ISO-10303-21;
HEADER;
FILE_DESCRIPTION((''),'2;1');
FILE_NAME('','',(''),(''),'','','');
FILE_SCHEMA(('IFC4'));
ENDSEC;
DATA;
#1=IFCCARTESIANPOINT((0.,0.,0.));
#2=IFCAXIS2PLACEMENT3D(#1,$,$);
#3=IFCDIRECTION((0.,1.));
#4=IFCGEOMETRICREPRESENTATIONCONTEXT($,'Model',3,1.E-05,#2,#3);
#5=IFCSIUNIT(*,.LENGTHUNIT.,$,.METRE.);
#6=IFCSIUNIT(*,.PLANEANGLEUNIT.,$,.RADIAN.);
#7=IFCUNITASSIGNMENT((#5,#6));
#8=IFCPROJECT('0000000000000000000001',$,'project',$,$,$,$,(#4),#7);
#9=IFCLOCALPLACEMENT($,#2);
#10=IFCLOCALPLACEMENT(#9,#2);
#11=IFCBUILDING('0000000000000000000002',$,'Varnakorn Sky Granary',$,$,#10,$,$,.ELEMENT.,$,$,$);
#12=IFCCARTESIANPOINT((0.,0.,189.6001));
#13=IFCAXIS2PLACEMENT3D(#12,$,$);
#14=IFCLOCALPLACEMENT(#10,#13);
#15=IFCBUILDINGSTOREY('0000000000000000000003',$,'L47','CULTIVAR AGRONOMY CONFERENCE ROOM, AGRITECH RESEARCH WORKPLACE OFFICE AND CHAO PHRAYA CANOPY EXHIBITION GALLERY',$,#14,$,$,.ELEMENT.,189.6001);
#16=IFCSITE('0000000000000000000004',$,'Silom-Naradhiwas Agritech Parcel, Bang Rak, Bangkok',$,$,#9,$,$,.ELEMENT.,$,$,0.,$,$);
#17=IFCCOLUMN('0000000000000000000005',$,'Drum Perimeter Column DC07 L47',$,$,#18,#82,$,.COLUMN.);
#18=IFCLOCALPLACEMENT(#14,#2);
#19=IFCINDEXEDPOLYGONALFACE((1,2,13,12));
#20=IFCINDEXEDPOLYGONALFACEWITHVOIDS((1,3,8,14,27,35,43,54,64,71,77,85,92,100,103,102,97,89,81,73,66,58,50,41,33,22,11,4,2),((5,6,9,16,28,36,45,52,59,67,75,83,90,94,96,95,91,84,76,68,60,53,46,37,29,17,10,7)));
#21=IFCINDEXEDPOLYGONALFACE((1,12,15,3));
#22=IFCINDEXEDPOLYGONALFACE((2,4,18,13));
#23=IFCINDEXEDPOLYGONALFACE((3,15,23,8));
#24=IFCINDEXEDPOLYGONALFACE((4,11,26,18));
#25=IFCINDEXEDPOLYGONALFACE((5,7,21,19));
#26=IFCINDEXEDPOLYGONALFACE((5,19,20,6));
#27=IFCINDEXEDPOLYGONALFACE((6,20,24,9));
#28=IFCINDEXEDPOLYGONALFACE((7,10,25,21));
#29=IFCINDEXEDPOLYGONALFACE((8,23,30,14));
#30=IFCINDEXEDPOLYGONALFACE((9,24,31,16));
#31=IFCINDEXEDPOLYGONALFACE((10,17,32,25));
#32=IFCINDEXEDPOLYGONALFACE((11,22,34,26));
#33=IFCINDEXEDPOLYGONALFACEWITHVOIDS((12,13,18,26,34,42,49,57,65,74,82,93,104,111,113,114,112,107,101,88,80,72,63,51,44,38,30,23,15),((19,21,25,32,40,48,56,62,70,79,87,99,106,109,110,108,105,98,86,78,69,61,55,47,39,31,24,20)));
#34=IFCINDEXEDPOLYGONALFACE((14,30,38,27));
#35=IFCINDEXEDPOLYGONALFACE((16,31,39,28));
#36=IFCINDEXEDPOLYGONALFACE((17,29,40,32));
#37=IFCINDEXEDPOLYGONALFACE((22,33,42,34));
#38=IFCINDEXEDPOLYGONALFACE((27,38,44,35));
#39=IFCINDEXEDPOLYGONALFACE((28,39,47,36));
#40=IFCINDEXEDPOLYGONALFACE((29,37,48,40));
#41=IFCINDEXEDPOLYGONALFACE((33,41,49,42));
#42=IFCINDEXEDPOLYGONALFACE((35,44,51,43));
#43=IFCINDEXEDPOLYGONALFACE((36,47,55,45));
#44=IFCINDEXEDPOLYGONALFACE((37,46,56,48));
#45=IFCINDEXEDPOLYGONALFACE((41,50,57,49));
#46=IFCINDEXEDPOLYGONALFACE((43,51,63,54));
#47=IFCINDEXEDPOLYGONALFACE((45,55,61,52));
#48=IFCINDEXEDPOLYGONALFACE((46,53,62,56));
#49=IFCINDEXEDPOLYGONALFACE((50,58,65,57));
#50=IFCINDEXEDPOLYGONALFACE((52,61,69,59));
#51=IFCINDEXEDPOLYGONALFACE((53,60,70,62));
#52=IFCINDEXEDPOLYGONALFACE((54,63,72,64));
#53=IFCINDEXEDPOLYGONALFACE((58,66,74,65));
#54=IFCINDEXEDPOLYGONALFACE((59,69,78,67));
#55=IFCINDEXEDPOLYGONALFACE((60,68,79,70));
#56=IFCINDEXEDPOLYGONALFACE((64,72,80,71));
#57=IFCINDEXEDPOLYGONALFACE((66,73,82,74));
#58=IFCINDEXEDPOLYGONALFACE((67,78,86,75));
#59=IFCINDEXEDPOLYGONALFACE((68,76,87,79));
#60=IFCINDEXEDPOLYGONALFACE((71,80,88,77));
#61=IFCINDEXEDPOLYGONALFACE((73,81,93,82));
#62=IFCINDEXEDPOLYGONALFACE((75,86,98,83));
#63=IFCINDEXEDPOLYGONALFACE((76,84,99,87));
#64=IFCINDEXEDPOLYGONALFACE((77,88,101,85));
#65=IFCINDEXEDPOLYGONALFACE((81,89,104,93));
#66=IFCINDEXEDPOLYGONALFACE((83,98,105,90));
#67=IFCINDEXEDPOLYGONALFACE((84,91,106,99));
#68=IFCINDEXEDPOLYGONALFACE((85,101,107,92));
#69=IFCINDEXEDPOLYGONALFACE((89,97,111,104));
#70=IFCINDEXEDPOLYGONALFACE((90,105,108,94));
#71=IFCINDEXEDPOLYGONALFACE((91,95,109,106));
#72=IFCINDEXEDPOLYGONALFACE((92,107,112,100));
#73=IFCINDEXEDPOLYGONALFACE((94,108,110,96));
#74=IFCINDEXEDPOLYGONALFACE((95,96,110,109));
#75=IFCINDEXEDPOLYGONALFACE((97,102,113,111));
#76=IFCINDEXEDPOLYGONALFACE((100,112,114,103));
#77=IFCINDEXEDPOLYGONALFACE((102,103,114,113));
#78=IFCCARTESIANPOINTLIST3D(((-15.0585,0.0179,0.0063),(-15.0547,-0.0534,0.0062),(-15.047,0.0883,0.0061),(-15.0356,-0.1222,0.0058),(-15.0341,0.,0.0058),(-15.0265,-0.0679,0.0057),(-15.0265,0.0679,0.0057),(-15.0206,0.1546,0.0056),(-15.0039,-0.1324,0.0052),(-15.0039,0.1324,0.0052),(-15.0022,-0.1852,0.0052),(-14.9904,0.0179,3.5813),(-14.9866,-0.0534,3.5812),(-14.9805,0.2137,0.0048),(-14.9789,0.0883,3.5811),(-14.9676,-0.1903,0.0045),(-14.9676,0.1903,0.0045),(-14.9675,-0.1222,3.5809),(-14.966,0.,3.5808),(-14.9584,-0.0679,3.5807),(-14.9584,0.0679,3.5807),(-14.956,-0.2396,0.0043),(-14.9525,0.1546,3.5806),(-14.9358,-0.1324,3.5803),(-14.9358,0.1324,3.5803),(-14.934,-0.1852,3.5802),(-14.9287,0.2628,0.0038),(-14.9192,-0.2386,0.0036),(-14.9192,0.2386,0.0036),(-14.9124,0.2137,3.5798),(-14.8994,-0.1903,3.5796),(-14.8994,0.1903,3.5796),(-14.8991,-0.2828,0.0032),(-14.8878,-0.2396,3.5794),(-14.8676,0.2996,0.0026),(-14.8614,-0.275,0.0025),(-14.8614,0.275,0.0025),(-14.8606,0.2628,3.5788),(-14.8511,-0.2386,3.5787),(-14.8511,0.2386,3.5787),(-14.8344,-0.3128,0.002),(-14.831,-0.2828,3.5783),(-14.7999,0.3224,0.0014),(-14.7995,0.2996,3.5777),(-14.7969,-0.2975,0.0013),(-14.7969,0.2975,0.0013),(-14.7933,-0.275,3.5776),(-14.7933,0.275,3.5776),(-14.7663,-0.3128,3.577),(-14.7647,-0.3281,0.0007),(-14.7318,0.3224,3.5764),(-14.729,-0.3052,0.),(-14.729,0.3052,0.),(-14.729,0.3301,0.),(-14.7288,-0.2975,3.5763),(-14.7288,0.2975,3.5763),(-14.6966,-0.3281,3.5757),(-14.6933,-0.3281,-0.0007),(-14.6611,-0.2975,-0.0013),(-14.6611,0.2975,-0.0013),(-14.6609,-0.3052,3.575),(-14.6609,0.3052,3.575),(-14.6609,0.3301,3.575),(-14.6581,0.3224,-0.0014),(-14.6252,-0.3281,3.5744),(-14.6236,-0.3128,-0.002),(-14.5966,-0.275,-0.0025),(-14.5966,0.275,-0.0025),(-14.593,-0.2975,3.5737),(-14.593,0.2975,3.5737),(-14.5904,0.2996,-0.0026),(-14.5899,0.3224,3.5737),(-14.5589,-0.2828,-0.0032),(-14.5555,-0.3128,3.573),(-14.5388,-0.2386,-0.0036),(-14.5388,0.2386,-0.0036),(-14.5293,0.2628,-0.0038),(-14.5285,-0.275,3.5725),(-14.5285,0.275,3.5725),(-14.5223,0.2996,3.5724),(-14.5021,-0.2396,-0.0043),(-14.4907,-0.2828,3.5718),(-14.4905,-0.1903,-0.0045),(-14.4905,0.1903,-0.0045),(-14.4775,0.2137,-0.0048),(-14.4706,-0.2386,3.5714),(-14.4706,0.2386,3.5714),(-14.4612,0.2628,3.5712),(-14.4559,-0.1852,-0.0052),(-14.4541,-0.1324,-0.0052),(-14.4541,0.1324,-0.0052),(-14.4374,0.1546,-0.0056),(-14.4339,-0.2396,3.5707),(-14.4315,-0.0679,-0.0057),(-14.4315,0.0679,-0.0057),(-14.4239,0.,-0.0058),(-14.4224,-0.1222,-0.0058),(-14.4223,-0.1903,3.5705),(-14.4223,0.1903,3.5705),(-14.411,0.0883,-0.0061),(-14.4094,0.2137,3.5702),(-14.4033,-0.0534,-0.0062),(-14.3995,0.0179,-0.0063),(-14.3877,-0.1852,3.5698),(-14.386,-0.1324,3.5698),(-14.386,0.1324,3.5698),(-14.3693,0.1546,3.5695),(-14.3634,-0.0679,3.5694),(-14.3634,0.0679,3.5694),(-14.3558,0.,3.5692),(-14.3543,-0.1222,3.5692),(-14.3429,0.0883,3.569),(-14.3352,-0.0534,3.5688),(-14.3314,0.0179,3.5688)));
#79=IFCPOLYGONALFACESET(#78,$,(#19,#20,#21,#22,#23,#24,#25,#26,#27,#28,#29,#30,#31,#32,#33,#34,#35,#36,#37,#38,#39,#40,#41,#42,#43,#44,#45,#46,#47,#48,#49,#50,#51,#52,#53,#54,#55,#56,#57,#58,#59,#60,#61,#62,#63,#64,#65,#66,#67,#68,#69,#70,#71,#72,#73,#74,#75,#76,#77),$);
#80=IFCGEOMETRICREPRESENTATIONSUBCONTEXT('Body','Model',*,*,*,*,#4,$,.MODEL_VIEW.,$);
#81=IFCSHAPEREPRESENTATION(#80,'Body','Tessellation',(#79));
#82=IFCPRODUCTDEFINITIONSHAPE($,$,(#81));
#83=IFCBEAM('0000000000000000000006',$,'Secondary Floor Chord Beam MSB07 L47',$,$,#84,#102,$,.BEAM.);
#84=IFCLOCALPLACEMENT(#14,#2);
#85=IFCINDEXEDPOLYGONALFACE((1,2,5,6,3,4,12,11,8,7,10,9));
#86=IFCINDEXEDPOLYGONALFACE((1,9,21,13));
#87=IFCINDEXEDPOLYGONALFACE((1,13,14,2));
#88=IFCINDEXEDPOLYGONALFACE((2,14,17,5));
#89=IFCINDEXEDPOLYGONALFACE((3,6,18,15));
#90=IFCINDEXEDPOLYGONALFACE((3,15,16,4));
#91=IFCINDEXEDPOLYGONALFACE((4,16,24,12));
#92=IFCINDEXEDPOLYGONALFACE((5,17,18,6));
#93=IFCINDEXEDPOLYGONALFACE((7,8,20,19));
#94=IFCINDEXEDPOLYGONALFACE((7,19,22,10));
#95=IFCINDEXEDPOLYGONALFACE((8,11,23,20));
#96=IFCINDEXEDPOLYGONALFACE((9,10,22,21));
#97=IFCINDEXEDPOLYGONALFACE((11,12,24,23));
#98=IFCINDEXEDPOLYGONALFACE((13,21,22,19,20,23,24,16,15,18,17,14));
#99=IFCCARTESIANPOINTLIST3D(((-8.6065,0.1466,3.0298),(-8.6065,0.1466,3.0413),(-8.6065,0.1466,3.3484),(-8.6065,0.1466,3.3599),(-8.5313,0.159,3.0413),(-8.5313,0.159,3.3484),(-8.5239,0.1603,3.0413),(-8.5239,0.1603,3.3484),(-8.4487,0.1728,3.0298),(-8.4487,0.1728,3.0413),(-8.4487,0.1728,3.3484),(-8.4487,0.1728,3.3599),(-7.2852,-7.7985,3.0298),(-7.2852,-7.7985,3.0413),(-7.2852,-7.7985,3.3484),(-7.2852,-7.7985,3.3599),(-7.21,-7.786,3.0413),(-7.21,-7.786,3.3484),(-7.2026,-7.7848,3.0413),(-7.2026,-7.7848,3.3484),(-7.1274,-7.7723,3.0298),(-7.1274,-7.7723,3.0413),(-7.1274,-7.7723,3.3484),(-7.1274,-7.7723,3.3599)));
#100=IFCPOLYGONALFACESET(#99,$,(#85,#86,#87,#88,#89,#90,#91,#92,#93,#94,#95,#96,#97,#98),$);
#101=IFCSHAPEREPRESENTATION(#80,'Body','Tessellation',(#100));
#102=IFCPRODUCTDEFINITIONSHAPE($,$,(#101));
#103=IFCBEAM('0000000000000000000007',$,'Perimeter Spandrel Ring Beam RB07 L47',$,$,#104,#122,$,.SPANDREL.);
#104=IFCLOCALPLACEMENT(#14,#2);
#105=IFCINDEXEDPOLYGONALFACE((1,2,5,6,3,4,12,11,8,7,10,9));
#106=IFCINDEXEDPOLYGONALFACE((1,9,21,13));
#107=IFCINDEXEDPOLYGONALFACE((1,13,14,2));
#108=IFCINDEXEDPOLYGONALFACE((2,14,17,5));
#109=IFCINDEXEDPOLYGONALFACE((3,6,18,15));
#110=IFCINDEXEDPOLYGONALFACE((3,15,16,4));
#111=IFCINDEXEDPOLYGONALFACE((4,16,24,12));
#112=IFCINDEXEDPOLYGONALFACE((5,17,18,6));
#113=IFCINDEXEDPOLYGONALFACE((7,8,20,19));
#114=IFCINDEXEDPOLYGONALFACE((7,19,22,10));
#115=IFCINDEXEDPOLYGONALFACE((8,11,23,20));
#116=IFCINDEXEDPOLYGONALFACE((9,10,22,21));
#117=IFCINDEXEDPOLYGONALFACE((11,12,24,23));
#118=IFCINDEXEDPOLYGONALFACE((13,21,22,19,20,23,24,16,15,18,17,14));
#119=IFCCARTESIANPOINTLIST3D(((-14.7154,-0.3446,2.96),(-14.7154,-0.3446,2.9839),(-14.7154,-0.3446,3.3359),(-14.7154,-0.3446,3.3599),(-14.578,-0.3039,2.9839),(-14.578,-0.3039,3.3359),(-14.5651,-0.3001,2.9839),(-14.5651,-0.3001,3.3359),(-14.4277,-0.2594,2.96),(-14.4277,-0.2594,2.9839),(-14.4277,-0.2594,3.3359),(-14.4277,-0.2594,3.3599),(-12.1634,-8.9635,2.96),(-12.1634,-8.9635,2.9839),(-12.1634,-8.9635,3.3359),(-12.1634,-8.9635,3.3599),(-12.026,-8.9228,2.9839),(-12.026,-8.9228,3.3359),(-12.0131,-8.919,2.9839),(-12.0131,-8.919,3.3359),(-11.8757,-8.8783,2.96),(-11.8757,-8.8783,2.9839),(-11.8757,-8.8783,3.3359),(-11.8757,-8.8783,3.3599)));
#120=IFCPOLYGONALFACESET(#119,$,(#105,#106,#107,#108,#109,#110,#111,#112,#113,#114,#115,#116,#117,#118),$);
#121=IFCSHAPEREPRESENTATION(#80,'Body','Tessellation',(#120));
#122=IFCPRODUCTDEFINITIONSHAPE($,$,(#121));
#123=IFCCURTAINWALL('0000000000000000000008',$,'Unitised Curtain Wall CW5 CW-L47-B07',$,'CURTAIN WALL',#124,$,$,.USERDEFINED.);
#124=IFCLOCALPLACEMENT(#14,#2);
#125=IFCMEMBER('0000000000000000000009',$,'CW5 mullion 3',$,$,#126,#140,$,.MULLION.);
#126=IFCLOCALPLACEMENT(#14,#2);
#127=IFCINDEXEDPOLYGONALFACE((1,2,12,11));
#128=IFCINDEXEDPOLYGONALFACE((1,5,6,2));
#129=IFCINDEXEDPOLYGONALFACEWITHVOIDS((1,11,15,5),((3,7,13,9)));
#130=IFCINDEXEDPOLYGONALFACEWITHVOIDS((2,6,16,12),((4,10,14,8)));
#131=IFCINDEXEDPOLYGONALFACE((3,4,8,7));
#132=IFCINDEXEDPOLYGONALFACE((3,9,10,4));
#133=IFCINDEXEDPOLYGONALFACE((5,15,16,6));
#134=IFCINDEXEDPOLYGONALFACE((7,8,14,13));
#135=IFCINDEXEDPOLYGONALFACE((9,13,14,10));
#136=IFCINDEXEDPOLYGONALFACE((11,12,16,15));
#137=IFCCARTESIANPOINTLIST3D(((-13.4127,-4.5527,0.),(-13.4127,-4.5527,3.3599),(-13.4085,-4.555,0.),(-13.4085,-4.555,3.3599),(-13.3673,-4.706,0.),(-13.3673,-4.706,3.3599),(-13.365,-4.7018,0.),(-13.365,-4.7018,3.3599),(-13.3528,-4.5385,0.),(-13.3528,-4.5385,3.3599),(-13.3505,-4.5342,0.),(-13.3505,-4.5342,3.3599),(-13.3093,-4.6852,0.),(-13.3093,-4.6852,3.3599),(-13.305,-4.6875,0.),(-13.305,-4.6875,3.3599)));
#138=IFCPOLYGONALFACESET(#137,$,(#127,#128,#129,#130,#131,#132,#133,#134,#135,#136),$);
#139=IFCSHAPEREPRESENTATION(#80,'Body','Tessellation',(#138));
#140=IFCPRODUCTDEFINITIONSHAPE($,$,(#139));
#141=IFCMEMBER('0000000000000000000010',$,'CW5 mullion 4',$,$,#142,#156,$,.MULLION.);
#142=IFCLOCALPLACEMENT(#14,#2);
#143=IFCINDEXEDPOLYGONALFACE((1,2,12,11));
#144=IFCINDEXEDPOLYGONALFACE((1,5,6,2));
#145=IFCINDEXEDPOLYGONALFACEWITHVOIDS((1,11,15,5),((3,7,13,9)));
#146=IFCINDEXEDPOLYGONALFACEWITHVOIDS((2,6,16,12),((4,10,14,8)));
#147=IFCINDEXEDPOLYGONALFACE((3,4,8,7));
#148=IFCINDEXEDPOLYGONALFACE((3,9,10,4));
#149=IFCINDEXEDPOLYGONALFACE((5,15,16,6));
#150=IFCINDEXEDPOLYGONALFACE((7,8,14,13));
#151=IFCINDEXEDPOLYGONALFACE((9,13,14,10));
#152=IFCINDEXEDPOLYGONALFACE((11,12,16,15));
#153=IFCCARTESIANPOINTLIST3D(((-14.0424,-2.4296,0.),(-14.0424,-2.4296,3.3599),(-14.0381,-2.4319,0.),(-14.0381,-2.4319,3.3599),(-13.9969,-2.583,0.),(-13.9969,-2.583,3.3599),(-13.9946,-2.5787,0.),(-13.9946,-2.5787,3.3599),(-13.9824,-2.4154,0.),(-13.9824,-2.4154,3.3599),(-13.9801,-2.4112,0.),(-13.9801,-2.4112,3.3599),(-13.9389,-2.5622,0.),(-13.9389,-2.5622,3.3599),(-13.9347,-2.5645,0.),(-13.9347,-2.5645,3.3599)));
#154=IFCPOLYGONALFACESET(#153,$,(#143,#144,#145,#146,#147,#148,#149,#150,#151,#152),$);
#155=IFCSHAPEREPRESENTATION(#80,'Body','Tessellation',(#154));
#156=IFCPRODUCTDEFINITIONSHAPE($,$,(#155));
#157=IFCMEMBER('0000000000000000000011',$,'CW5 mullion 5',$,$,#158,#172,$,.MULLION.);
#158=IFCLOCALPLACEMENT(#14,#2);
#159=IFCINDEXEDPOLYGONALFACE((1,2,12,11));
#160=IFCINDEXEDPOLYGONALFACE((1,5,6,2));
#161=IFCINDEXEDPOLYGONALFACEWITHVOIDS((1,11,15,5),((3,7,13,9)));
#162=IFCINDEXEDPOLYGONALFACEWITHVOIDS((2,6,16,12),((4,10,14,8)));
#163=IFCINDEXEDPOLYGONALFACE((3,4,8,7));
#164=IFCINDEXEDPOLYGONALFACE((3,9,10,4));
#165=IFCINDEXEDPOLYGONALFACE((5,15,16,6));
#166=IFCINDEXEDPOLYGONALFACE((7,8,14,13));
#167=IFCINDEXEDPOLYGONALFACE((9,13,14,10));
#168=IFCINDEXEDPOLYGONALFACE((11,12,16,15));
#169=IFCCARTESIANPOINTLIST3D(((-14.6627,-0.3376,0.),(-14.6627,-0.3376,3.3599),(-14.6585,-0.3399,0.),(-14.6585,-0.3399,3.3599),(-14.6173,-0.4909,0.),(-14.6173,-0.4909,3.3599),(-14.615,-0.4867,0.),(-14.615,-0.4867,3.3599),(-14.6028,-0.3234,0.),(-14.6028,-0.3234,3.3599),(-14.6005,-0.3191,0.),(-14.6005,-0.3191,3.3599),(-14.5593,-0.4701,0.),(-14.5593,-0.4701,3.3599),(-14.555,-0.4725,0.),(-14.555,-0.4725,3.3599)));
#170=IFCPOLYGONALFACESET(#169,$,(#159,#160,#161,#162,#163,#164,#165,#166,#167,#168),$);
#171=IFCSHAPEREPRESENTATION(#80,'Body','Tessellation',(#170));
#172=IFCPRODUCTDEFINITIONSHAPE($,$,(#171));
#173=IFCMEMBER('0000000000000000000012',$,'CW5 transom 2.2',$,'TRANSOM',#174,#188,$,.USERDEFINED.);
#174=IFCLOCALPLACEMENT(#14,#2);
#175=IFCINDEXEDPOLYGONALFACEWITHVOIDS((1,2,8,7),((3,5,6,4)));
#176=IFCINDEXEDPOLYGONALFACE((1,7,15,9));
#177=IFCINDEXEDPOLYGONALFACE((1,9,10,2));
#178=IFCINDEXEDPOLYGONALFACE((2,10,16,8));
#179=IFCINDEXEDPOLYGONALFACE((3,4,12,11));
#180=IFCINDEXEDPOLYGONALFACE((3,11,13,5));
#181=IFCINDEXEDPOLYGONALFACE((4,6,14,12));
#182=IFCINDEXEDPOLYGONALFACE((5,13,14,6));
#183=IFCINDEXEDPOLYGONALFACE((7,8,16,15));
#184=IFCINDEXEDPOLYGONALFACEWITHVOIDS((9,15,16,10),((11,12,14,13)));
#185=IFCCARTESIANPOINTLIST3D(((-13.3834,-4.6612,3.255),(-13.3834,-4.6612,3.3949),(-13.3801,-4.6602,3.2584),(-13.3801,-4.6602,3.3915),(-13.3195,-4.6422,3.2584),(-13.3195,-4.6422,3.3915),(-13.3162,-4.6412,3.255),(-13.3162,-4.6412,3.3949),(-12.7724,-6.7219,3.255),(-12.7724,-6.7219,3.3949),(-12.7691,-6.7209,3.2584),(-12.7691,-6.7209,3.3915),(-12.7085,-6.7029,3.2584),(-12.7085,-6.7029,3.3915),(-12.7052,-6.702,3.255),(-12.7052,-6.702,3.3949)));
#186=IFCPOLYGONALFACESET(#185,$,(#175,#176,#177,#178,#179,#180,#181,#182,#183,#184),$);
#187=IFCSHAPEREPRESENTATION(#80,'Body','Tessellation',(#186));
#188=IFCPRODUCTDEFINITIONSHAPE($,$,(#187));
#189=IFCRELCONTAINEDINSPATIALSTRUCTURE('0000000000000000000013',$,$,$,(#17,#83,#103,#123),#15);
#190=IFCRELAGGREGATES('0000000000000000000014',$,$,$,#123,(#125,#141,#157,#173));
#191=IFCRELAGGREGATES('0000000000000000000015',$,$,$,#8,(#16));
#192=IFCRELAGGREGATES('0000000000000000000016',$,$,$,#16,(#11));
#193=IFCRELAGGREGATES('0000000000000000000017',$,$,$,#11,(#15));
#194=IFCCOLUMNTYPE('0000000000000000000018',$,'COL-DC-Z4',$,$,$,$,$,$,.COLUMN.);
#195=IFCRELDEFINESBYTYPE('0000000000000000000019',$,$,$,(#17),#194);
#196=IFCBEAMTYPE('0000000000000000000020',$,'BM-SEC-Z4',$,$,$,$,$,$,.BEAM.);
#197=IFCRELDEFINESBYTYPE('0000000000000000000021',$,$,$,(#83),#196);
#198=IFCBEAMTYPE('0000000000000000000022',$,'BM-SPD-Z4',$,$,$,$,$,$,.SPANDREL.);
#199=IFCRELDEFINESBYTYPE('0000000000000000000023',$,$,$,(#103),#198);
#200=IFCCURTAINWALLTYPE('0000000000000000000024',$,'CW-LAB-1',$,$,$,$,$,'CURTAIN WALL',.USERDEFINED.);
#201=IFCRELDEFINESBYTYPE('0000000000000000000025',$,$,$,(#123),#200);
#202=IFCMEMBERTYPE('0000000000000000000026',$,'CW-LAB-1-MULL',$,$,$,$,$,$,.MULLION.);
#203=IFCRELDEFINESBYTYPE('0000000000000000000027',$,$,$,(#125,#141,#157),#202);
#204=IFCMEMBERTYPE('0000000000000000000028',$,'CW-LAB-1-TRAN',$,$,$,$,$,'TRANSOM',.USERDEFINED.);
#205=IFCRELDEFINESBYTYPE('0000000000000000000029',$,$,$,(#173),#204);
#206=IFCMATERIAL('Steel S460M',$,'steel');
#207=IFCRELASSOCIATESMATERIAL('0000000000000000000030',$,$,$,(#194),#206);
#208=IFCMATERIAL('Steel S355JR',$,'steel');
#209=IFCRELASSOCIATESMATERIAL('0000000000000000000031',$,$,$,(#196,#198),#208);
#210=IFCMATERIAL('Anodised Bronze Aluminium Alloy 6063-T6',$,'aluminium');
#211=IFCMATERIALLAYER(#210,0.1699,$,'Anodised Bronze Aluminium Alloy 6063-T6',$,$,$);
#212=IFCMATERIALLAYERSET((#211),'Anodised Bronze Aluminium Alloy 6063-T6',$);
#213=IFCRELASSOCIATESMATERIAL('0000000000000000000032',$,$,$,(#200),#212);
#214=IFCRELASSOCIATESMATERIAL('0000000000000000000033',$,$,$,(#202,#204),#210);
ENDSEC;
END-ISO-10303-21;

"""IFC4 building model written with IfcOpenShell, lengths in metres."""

from ifc_helpers import new_model, si_unit, direction, frame, origin, origin_2d, place, context, subcontext, project, spatial, hollow_rectangle, hollow_circle, i_section, extrude, material, layer, layer_set, material_profile, profile_set, type_object, element, aggregate, save


model = new_model("IFC4")

# Units and contexts
model_context = context("Model", 3, precision=1e-05, world=origin(), true_north=direction((0.0, 1.0)))
body_context = subcontext(model_context, "Body", "Model", "MODEL_VIEW")
ifc_project = project(units=[si_unit("LENGTHUNIT", "METRE"), si_unit("PLANEANGLEUNIT", "RADIAN")], contexts=[model_context])

# Site, building, storey
site_placement = place(None, origin())
site = spatial("IfcSite", under=ifc_project, at=site_placement, Name="Silom-Naradhiwas Agritech Parcel, Bang Rak, Bangkok", CompositionType="ELEMENT", RefElevation=0.0)
building_placement = place(site_placement, origin())
building = spatial("IfcBuilding", under=site, at=building_placement, Name="Varnakorn Sky Granary", CompositionType="ELEMENT")
storey_placement = place(building_placement, frame((0.0, 0.0, 189.6001)))
storey = spatial("IfcBuildingStorey", under=building, at=storey_placement, Name="L47", Description="CULTIVAR AGRONOMY CONFERENCE ROOM, AGRITECH RESEARCH WORKPLACE OFFICE AND CHAO PHRAYA CANOPY EXHIBITION GALLERY", CompositionType="ELEMENT", Elevation=189.6001)

# Column
ifc_material_1 = material(Name="Steel S460M", Category="steel")
ifc_material_profile_1 = material_profile(ifc_material_1, hollow_circle(Radius=0.3301, WallThickness=0.0249, at=origin_2d()), Name="CHS 660x25")
ifc_profile_set_1 = profile_set([ifc_material_profile_1], Name="Steel S460M")
column_type = type_object("IfcColumnType", Name="COL-DC-Z4", PredefinedType="COLUMN", material=ifc_profile_set_1)
column_placement = place(storey_placement, frame((-14.729, 0.0, 0.0), z_axis=(0.01905, 0.0, 0.999819), x_axis=(0.0, 1.0, 0.0)))
element("IfcColumn", 1, at=column_placement, inside=storey, type_object=column_type, Name="Drum Perimeter Column DC07 L47", PredefinedType="COLUMN", context=body_context, shape_type="SweptSolid", body=[
    extrude(hollow_circle(Radius=0.3301, WallThickness=0.0249, at=origin_2d()), origin(), (0.0, 0.0, 1.0), 3.5757),
])

# Beams
ifc_material_2 = material(Name="Steel S355JR", Category="steel")
ifc_material_profile_2 = material_profile(ifc_material_2, i_section(OverallWidth=0.1599, OverallDepth=0.3301, WebThickness=0.0076, FlangeThickness=0.0115, at=origin_2d()), Name="IPE 330")
ifc_profile_set_2 = profile_set([ifc_material_profile_2], Name="Steel S355JR")
beam_type_1 = type_object("IfcBeamType", Name="BM-SEC-Z4", PredefinedType="BEAM", material=ifc_profile_set_2)
beam_1_placement = place(storey_placement, frame((-8.5276, 0.1597, 3.1948), z_axis=(0.16405, -0.986452, 0.0), x_axis=(0.986452, 0.16405, 0.0)))
element("IfcBeam", 2, at=beam_1_placement, inside=storey, type_object=beam_type_1, Name="Secondary Floor Chord Beam MSB07 L47", PredefinedType="BEAM", context=body_context, shape_type="SweptSolid", body=[
    extrude(i_section(OverallWidth=0.1599, OverallDepth=0.3301, WebThickness=0.0076, FlangeThickness=0.0115, at=origin_2d()), origin(), (0.0, 0.0, 1.0), 8.0542),
])
ifc_material_profile_3 = material_profile(ifc_material_2, i_section(OverallWidth=0.3, OverallDepth=0.3999, WebThickness=0.0134, FlangeThickness=0.0239, at=origin_2d()), Name="HE 400 B")
ifc_profile_set_3 = profile_set([ifc_material_profile_3], Name="Steel S355JR")
beam_type_2 = type_object("IfcBeamType", Name="BM-SPD-Z4", PredefinedType="SPANDREL", material=ifc_profile_set_3)
beam_2_placement = place(storey_placement, frame((-14.5715, -0.302, 3.1599), z_axis=(0.28391, -0.958851, 0.0), x_axis=(0.958851, 0.28391, 0.0)))
element("IfcBeam", 3, at=beam_2_placement, inside=storey, type_object=beam_type_2, Name="Perimeter Spandrel Ring Beam RB07 L47", PredefinedType="SPANDREL", context=body_context, shape_type="SweptSolid", body=[
    extrude(i_section(OverallWidth=0.3, OverallDepth=0.3999, WebThickness=0.0134, FlangeThickness=0.0239, at=origin_2d()), origin(), (0.0, 0.0, 1.0), 8.9888),
])

# Curtain wall, members
ifc_material_3 = material(Name="Anodised Bronze Aluminium Alloy 6063-T6", Category="aluminium")
ifc_layer_1 = layer(ifc_material_3, 0.1699, Name="Anodised Bronze Aluminium Alloy 6063-T6")
ifc_layer_set_1 = layer_set([ifc_layer_1], Name="Anodised Bronze Aluminium Alloy 6063-T6")
curtain_wall_type = type_object("IfcCurtainWallType", Name="CW-LAB-1", ElementType="CURTAIN WALL", PredefinedType="USERDEFINED", material=ifc_layer_set_1)
curtain_wall_placement = place(storey_placement, origin())
curtain_wall = element("IfcCurtainWall", 4, at=curtain_wall_placement, inside=storey, type_object=curtain_wall_type, Name="Unitised Curtain Wall CW5 CW-L47-B07", ObjectType="CURTAIN WALL", PredefinedType="USERDEFINED")
ifc_material_profile_4 = material_profile(ifc_material_3, hollow_rectangle(XDim=0.0649, YDim=0.1599, WallThickness=0.0034, at=origin_2d()), Name="ALU MULL 65x160")
ifc_profile_set_4 = profile_set([ifc_material_profile_4], Name="Anodised Bronze Aluminium Alloy 6063-T6")
member_type_1 = type_object("IfcMemberType", Name="CW-LAB-1-MULL", PredefinedType="MULLION", material=ifc_profile_set_4)
member_1_placement = place(storey_placement, frame((-13.3589, -4.6201, 0.0), z_axis=(0.0, 0.0, 1.0), x_axis=(-0.958737, -0.284295, 0.0)))
member_1 = element("IfcMember", 5, at=member_1_placement, type_object=member_type_1, Name="CW5 mullion 3", PredefinedType="MULLION", context=body_context, shape_type="SweptSolid", body=[
    extrude(hollow_rectangle(XDim=0.0649, YDim=0.1599, WallThickness=0.0034, at=origin_2d()), origin(), (0.0, 0.0, 1.0), 3.3599),
])
member_2_placement = place(storey_placement, frame((-13.9885, -2.4971, 0.0), z_axis=(0.0, 0.0, 1.0), x_axis=(-0.958737, -0.284295, 0.0)))
member_2 = element("IfcMember", 6, at=member_2_placement, type_object=member_type_1, Name="CW5 mullion 4", PredefinedType="MULLION", context=body_context, shape_type="SweptSolid", body=[
    extrude(hollow_rectangle(XDim=0.0649, YDim=0.1599, WallThickness=0.0034, at=origin_2d()), origin(), (0.0, 0.0, 1.0), 3.3599),
])
member_3_placement = place(storey_placement, frame((-14.6089, -0.405, 0.0), z_axis=(0.0, 0.0, 1.0), x_axis=(-0.958737, -0.284295, 0.0)))
member_3 = element("IfcMember", 7, at=member_3_placement, type_object=member_type_1, Name="CW5 mullion 5", PredefinedType="MULLION", context=body_context, shape_type="SweptSolid", body=[
    extrude(hollow_rectangle(XDim=0.0649, YDim=0.1599, WallThickness=0.0034, at=origin_2d()), origin(), (0.0, 0.0, 1.0), 3.3599),
])
ifc_material_profile_5 = material_profile(ifc_material_3, hollow_rectangle(XDim=0.0701, YDim=0.1399, WallThickness=0.0034, at=origin_2d()), Name="ALU TRAN 70x140")
ifc_profile_set_5 = profile_set([ifc_material_profile_5], Name="Anodised Bronze Aluminium Alloy 6063-T6")
member_type_2 = type_object("IfcMemberType", Name="CW-LAB-1-TRAN", ElementType="TRANSOM", PredefinedType="USERDEFINED", material=ifc_profile_set_5)
member_4_placement = place(storey_placement, frame((-12.7388, -6.7119, 3.325), z_axis=(-0.284293, 0.958737, 0.0), x_axis=(-0.958737, -0.284293, 0.0)))
member_4 = element("IfcMember", 8, at=member_4_placement, type_object=member_type_2, Name="CW5 transom 2.2", ObjectType="TRANSOM", PredefinedType="USERDEFINED", context=body_context, shape_type="SweptSolid", body=[
    extrude(hollow_rectangle(XDim=0.0701, YDim=0.1399, WallThickness=0.0034, at=origin_2d()), origin(), (0.0, 0.0, 1.0), 2.1494),
])

aggregate(curtain_wall, [member_1, member_2, member_3, member_4])

save(model, "model.ifc")
